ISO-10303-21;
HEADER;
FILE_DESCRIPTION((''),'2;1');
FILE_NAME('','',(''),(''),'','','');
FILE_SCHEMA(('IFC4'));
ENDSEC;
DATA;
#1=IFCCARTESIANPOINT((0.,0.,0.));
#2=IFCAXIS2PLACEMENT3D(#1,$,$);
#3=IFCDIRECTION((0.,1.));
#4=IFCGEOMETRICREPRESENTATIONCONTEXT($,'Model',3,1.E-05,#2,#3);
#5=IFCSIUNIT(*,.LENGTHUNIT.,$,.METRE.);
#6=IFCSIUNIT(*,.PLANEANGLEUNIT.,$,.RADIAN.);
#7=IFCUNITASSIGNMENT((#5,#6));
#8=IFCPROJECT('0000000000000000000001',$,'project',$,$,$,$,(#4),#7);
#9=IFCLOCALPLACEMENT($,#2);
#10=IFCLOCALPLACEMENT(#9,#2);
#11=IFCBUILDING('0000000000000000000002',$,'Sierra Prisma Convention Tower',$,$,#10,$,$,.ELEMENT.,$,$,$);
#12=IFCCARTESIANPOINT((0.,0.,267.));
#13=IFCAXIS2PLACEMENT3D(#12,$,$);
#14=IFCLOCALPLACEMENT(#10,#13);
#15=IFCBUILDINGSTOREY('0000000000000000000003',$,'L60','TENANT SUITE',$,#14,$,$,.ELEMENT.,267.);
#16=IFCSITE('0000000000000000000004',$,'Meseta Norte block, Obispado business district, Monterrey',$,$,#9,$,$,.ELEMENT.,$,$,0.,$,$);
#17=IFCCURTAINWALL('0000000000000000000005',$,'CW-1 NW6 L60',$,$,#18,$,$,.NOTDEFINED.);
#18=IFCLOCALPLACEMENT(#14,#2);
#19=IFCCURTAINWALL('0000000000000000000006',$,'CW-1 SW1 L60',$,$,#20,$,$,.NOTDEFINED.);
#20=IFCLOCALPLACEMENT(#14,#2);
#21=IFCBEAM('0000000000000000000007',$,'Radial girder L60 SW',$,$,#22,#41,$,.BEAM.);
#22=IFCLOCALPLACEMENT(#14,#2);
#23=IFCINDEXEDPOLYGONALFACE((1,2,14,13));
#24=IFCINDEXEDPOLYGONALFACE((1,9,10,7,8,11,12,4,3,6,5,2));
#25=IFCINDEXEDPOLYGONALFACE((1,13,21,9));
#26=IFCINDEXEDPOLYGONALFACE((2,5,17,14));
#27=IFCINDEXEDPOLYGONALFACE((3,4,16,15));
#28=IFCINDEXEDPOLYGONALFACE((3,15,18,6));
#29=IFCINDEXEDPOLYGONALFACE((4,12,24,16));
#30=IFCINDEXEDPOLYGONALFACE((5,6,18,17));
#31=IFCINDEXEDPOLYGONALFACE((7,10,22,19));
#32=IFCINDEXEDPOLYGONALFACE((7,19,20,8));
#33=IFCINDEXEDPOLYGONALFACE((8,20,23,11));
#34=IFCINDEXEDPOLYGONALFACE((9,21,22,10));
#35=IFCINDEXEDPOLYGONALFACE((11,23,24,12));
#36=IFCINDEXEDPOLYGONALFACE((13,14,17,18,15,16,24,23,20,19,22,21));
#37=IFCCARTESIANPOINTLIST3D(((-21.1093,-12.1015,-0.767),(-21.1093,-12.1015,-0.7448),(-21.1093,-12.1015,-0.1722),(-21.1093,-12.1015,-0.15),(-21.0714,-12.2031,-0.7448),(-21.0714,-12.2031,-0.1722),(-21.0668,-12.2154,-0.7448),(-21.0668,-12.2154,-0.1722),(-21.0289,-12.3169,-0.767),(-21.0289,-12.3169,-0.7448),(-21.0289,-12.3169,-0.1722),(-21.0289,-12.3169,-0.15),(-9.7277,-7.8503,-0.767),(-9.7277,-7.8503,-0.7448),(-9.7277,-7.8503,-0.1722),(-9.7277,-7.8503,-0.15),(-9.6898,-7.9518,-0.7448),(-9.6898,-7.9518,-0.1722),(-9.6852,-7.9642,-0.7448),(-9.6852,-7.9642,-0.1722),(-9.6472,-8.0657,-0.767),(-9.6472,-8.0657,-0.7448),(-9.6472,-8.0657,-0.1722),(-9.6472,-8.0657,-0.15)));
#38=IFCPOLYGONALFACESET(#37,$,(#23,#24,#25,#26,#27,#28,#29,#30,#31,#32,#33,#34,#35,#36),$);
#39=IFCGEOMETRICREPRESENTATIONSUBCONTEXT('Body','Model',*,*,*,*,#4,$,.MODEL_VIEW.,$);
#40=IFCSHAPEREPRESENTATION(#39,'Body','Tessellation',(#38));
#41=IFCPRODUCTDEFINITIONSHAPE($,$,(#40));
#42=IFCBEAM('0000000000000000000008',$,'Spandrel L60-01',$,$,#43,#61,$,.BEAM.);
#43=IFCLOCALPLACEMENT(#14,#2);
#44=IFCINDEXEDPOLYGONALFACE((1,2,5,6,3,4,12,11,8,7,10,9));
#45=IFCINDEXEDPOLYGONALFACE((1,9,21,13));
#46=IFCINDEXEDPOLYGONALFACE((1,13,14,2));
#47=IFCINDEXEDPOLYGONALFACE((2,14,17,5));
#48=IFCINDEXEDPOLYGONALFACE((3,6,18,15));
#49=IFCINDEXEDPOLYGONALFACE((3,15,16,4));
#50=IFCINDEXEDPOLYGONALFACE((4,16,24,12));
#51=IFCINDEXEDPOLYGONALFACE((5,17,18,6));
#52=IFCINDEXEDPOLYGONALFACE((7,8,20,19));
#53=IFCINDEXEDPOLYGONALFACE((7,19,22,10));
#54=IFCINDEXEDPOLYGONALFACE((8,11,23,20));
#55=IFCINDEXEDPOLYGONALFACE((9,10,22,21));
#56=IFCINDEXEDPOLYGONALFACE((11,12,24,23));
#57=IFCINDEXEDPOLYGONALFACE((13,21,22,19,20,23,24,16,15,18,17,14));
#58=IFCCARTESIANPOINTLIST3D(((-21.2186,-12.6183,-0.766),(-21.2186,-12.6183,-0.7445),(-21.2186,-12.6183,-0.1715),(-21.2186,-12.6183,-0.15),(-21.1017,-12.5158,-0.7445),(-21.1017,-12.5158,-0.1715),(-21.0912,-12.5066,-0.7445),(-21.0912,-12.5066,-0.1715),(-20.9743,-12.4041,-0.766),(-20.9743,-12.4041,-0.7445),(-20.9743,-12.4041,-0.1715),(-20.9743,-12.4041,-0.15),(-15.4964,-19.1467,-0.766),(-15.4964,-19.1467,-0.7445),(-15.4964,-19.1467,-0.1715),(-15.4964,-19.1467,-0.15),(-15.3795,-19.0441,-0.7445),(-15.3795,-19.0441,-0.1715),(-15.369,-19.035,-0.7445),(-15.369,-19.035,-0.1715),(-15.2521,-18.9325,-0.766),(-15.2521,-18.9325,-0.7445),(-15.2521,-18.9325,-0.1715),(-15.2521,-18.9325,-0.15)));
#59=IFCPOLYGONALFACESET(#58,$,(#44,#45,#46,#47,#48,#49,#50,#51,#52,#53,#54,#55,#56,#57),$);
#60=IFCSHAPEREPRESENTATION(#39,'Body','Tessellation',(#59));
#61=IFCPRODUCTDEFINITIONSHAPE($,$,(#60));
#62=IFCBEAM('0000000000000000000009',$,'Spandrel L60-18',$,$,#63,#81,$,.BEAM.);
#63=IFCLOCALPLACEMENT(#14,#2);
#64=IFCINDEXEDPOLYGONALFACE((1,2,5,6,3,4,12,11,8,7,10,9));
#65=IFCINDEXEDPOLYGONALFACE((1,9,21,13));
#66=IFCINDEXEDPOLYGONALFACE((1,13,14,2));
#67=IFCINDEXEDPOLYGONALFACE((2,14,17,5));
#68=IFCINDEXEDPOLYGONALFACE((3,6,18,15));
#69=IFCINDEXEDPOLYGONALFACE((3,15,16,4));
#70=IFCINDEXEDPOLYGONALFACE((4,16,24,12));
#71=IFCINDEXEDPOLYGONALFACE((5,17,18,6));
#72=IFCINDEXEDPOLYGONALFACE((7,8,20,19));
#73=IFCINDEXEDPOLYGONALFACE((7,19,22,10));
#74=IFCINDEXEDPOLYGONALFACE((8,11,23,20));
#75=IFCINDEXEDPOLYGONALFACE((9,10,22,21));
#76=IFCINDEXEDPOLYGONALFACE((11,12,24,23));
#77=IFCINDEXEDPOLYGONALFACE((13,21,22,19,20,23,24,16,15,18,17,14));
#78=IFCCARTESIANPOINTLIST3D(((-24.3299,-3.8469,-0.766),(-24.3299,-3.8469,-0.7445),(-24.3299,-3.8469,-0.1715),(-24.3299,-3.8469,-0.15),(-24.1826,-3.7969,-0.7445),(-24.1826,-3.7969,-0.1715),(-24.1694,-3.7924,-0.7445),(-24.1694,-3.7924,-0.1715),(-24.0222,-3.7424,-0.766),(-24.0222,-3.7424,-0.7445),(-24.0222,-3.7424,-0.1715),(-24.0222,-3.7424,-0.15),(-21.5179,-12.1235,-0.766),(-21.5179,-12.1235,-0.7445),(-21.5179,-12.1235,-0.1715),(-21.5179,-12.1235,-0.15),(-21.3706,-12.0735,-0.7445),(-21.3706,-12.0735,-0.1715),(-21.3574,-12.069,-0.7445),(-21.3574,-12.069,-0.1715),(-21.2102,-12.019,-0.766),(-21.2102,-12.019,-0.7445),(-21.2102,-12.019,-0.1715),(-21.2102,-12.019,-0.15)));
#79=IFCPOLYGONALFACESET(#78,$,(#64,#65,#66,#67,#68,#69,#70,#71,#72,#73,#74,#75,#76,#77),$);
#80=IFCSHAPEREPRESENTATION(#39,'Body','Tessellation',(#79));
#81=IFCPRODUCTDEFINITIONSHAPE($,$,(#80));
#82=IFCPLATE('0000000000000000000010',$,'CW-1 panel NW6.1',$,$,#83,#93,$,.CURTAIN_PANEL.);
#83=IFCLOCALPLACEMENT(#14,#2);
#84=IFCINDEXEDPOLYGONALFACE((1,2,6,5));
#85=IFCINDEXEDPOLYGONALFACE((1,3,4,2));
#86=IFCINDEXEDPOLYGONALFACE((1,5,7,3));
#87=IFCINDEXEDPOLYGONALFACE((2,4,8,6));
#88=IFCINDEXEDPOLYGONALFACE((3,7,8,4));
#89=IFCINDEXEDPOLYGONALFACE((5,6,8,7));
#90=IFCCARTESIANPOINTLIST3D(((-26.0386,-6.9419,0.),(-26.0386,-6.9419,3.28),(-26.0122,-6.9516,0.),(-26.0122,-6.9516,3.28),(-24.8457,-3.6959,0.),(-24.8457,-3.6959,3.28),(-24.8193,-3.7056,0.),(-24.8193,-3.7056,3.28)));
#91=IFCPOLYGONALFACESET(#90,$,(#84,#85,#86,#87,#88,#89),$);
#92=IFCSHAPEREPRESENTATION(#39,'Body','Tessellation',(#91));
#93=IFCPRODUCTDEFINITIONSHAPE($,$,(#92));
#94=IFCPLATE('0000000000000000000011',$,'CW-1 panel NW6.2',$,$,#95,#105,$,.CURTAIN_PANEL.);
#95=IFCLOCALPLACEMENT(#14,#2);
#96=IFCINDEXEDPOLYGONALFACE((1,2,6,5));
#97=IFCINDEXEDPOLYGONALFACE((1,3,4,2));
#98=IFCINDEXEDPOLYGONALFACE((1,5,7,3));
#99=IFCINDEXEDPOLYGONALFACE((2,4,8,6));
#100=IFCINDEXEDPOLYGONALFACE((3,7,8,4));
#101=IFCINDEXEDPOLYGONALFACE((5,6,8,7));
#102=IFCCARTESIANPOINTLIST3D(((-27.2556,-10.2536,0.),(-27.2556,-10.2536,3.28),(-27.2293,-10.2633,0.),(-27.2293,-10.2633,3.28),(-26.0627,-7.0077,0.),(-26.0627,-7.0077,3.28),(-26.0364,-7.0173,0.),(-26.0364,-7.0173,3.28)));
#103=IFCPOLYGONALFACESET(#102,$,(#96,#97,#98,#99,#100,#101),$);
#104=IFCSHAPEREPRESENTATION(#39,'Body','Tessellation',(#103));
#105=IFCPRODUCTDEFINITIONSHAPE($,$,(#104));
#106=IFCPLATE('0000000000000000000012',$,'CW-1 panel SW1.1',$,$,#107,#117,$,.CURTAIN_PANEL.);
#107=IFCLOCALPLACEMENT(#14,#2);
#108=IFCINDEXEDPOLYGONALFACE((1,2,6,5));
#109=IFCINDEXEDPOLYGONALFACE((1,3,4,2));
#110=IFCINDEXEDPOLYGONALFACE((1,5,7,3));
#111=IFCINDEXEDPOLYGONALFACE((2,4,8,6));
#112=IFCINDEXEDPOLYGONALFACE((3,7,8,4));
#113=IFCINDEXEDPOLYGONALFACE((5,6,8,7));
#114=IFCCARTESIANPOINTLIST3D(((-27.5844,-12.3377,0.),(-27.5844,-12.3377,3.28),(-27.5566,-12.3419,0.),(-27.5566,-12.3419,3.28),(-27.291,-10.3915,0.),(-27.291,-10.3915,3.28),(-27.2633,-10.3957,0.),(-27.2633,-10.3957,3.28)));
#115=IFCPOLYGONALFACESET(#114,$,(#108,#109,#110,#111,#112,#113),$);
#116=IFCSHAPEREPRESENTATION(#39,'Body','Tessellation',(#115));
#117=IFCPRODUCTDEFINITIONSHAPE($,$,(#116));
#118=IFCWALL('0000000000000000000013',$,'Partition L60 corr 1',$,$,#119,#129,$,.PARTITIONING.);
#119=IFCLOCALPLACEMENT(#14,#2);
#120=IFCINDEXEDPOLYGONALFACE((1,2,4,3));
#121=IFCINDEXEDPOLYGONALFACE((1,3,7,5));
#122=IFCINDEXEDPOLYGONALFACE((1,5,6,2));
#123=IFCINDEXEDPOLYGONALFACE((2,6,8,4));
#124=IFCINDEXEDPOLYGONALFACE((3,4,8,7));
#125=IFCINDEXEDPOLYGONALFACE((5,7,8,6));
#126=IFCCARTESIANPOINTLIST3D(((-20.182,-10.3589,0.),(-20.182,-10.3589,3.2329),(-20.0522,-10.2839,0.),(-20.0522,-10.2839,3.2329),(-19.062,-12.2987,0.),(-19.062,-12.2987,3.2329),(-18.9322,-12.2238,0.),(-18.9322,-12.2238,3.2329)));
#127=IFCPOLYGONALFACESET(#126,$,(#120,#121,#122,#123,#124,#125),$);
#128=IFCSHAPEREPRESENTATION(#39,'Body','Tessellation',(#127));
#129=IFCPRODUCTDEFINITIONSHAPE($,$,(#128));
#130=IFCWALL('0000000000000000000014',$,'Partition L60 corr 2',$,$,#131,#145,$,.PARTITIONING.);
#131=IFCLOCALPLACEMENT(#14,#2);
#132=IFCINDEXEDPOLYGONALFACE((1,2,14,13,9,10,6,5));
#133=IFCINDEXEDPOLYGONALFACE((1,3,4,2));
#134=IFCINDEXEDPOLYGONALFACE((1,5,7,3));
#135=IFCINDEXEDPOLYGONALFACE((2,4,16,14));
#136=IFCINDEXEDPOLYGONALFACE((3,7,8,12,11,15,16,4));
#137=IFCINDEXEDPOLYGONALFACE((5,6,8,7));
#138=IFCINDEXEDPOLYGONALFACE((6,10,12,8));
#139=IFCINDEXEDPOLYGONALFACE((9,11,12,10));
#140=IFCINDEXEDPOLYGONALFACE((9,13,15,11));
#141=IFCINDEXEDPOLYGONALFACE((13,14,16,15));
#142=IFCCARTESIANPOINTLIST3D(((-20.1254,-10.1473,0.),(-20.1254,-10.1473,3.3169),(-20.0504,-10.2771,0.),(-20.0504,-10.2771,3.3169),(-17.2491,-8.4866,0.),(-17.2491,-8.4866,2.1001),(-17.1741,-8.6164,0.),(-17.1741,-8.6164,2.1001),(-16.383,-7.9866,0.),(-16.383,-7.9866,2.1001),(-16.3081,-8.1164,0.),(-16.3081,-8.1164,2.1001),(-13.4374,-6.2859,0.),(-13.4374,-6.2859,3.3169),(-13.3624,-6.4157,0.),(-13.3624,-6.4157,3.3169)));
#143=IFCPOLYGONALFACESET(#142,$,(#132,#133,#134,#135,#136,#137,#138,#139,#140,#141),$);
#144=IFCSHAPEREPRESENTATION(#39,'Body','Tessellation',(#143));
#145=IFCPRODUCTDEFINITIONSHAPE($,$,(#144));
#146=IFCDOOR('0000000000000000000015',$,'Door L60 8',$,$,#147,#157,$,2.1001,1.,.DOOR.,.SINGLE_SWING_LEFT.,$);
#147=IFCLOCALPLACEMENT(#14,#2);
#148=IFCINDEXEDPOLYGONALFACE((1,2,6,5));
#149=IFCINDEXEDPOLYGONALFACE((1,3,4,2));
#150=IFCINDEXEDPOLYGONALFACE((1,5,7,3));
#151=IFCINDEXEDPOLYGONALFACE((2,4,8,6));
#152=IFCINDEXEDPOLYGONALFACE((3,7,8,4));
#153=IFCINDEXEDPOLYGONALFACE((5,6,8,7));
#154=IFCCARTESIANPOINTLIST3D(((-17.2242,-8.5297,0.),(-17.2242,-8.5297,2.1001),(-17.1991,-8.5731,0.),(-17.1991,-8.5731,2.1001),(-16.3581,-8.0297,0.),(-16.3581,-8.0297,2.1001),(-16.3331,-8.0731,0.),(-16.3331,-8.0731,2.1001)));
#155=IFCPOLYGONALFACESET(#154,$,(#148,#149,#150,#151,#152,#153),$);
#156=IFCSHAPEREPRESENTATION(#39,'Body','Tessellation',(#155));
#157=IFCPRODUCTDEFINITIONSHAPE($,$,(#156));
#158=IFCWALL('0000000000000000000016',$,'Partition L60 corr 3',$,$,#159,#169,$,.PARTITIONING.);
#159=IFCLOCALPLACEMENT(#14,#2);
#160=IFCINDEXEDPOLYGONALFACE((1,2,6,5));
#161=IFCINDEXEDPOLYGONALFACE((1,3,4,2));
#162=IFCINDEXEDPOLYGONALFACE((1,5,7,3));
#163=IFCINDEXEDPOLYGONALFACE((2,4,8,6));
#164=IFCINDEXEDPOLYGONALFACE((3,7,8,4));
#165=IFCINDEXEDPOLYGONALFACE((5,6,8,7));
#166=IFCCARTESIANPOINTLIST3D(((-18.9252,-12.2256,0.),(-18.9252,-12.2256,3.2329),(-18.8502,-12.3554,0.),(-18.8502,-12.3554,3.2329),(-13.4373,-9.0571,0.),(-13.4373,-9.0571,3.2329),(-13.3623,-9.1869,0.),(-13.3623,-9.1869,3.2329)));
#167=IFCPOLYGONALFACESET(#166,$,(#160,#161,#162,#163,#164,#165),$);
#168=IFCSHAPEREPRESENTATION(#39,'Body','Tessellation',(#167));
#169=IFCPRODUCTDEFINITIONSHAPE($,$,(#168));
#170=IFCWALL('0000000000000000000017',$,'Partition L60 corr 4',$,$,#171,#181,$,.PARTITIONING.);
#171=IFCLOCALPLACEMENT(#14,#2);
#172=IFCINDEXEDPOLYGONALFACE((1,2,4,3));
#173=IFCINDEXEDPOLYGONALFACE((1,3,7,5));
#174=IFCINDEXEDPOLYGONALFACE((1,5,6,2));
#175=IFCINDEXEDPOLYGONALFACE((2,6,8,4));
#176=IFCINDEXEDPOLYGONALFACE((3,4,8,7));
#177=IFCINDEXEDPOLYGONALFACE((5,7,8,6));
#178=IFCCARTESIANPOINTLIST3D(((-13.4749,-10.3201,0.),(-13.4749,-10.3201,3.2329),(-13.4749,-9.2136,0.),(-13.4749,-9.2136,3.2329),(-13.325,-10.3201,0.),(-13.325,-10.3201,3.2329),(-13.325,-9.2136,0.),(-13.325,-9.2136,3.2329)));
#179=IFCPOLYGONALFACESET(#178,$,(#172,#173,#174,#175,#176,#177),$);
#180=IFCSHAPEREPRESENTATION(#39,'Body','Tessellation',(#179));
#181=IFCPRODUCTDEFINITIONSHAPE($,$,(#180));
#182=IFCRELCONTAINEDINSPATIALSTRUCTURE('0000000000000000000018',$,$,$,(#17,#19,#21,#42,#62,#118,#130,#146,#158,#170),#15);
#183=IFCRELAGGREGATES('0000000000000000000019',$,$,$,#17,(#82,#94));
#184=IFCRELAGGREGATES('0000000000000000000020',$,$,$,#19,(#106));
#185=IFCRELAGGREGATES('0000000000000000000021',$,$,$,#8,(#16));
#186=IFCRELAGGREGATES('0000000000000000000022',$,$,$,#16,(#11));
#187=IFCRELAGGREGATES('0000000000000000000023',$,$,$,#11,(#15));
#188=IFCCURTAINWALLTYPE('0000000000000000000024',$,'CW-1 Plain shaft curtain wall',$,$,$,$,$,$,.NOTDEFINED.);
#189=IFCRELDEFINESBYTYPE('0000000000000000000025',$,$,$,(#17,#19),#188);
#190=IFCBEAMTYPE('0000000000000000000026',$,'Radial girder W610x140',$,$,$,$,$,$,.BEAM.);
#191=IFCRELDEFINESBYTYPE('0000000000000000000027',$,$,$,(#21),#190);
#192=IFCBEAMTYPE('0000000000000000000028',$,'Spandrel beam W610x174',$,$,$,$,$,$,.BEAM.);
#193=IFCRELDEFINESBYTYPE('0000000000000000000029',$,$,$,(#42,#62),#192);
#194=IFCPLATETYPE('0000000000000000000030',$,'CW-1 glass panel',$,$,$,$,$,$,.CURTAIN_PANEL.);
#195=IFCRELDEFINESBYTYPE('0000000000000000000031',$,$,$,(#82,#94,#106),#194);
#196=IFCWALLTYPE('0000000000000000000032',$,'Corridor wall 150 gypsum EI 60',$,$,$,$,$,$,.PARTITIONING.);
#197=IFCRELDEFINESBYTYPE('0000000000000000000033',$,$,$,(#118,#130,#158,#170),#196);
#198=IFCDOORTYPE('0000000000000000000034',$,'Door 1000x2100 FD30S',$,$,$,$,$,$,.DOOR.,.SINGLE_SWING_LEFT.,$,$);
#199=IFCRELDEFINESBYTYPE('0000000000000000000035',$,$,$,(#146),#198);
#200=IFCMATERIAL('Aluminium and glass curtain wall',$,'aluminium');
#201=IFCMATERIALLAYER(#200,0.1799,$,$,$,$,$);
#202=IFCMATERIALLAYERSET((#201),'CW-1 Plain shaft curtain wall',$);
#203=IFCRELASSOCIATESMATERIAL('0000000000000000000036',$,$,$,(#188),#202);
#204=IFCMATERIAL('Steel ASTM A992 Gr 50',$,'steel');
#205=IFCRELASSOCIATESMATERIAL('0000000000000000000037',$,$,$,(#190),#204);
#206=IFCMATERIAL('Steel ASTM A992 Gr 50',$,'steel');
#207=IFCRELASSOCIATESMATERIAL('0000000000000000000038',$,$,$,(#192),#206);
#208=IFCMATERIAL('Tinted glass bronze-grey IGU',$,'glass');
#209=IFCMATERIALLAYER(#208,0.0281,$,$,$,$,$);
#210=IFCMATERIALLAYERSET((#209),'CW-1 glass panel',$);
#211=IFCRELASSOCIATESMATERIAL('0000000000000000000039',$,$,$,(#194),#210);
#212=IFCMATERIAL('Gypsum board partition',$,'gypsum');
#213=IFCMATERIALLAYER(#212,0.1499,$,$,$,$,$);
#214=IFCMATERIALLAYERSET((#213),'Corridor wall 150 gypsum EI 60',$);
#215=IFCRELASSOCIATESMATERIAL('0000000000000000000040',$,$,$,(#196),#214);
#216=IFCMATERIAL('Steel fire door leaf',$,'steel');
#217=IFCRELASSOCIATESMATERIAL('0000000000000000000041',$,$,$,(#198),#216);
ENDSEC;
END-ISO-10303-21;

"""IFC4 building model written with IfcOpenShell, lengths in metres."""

from ifc_helpers import new_model, si_unit, direction, frame, frame_2d, origin, origin_2d, place, context, subcontext, project, spatial, rectangle, i_section, extrude, material, layer, layer_set, material_profile, profile_set, type_object, element, fill, aggregate, save


model = new_model("IFC4")

# Units and contexts
model_context = context("Model", 3, precision=1e-05, world=origin(), true_north=direction((0.0, 1.0)))
body_context = subcontext(model_context, "Body", "Model", "MODEL_VIEW")
ifc_project = project(units=[si_unit("LENGTHUNIT", "METRE"), si_unit("PLANEANGLEUNIT", "RADIAN")], contexts=[model_context])

# Site, building, storey
site_placement = place(None, origin())
site = spatial("IfcSite", under=ifc_project, at=site_placement, Name="Meseta Norte block, Obispado business district, Monterrey", CompositionType="ELEMENT", RefElevation=0.0)
building_placement = place(site_placement, origin())
building = spatial("IfcBuilding", under=site, at=building_placement, Name="Sierra Prisma Convention Tower", CompositionType="ELEMENT")
storey_placement = place(building_placement, frame((0.0, 0.0, 267.0)))
storey = spatial("IfcBuildingStorey", under=building, at=storey_placement, Name="L60", Description="TENANT SUITE", CompositionType="ELEMENT", Elevation=267.0)

# Curtain walls
ifc_material_1 = material(Name="Aluminium and glass curtain wall", Category="aluminium")
ifc_layer_1 = layer(ifc_material_1, 0.1799)
ifc_layer_set_1 = layer_set([ifc_layer_1], Name="CW-1 Plain shaft curtain wall")
curtain_wall_type = type_object("IfcCurtainWallType", Name="CW-1 Plain shaft curtain wall", PredefinedType="NOTDEFINED", material=ifc_layer_set_1)
curtain_wall_1_placement = place(storey_placement, origin())
curtain_wall_1 = element("IfcCurtainWall", 1, at=curtain_wall_1_placement, inside=storey, type_object=curtain_wall_type, Name="CW-1 NW6 L60", PredefinedType="NOTDEFINED")
curtain_wall_2_placement = place(storey_placement, origin())
curtain_wall_2 = element("IfcCurtainWall", 2, at=curtain_wall_2_placement, inside=storey, type_object=curtain_wall_type, Name="CW-1 SW1 L60", PredefinedType="NOTDEFINED")

# Beams
ifc_material_2 = material(Name="Steel ASTM A992 Gr 50", Category="steel")
ifc_material_profile_1 = material_profile(ifc_material_2, i_section(OverallWidth=0.23, OverallDepth=0.6169, WebThickness=0.0132, FlangeThickness=0.0222, at=origin_2d()), Name="W610x140")
ifc_profile_set_1 = profile_set([ifc_material_profile_1], Name="Steel ASTM A992 Gr 50")
beam_type_1 = type_object("IfcBeamType", Name="Radial girder W610x140", PredefinedType="BEAM", material=ifc_profile_set_1)
beam_1_placement = place(storey_placement, frame((-21.0691, -12.2092, -0.4585), z_axis=(0.936785, 0.349905, 0.0), x_axis=(-0.349905, 0.936785, 0.0)))
element("IfcBeam", 3, at=beam_1_placement, inside=storey, type_object=beam_type_1, Name="Radial girder L60 SW", PredefinedType="BEAM", context=body_context, shape_type="SweptSolid", body=[
    extrude(i_section(OverallWidth=0.23, OverallDepth=0.6169, WebThickness=0.0132, FlangeThickness=0.0222, at=origin_2d()), origin(), (0.0, 0.0, 1.0), 12.1497),
])
ifc_material_3 = material(Name="Steel ASTM A992 Gr 50", Category="steel")
ifc_material_profile_2 = material_profile(ifc_material_3, i_section(OverallWidth=0.325, OverallDepth=0.616, WebThickness=0.0139, FlangeThickness=0.0215, at=origin_2d()), Name="W610x174")
ifc_profile_set_2 = profile_set([ifc_material_profile_2], Name="Steel ASTM A992 Gr 50")
beam_type_2 = type_object("IfcBeamType", Name="Spandrel beam W610x174", PredefinedType="BEAM", material=ifc_profile_set_2)
beam_2_placement = place(storey_placement, frame((-21.0964, -12.5112, -0.458), z_axis=(0.659149, -0.752012, 0.0), x_axis=(0.752012, 0.659149, 0.0)))
element("IfcBeam", 4, at=beam_2_placement, inside=storey, type_object=beam_type_2, Name="Spandrel L60-01", PredefinedType="BEAM", context=body_context, shape_type="SweptSolid", body=[
    extrude(i_section(OverallWidth=0.325, OverallDepth=0.616, WebThickness=0.0139, FlangeThickness=0.0215, at=origin_2d()), origin(), (0.0, 0.0, 1.0), 8.6812),
])
beam_3_placement = place(storey_placement, frame((-24.176, -3.7947, -0.458), z_axis=(0.321694, -0.946844, 0.0), x_axis=(0.946844, 0.321694, 0.0)))
element("IfcBeam", 5, at=beam_3_placement, inside=storey, type_object=beam_type_2, Name="Spandrel L60-18", PredefinedType="BEAM", context=body_context, shape_type="SweptSolid", body=[
    extrude(i_section(OverallWidth=0.325, OverallDepth=0.616, WebThickness=0.0139, FlangeThickness=0.0215, at=origin_2d()), origin(), (0.0, 0.0, 1.0), 8.7412),
])

# Plates
ifc_material_4 = material(Name="Tinted glass bronze-grey IGU", Category="glass")
ifc_layer_2 = layer(ifc_material_4, 0.0281)
ifc_layer_set_2 = layer_set([ifc_layer_2], Name="CW-1 glass panel")
plate_type = type_object("IfcPlateType", Name="CW-1 glass panel", PredefinedType="CURTAIN_PANEL", material=ifc_layer_set_2)
plate_1_placement = place(storey_placement, frame((-25.429, -5.3237, 0.0), z_axis=(0.0, 0.0, 1.0), x_axis=(-0.344952, -0.93862, 0.0)))
plate_1 = element("IfcPlate", 6, at=plate_1_placement, type_object=plate_type, Name="CW-1 panel NW6.1", PredefinedType="CURTAIN_PANEL", context=body_context, shape_type="SweptSolid", body=[
    extrude(rectangle(XDim=3.4583, YDim=0.0281, at=origin_2d()), origin(), (0.0, 0.0, 1.0), 3.28),
])
plate_2_placement = place(storey_placement, frame((-26.646, -8.6355, 0.0), z_axis=(0.0, 0.0, 1.0), x_axis=(-0.344952, -0.93862, 0.0)))
plate_2 = element("IfcPlate", 7, at=plate_2_placement, type_object=plate_type, Name="CW-1 panel NW6.2", PredefinedType="CURTAIN_PANEL", context=body_context, shape_type="SweptSolid", body=[
    extrude(rectangle(XDim=3.4583, YDim=0.0281, at=origin_2d()), origin(), (0.0, 0.0, 1.0), 3.28),
])
aggregate(curtain_wall_1, [plate_1, plate_2])
plate_3_placement = place(storey_placement, frame((-27.4238, -11.3667, 0.0), z_axis=(0.0, 0.0, 1.0), x_axis=(-0.149048, -0.98883, 0.0)))
plate_3 = element("IfcPlate", 8, at=plate_3_placement, type_object=plate_type, Name="CW-1 panel SW1.1", PredefinedType="CURTAIN_PANEL", context=body_context, shape_type="SweptSolid", body=[
    extrude(rectangle(XDim=1.9683, YDim=0.0281, at=origin_2d()), origin(), (0.0, 0.0, 1.0), 3.28),
])
aggregate(curtain_wall_2, [plate_3])

# Wall
ifc_material_5 = material(Name="Gypsum board partition", Category="gypsum")
ifc_layer_3 = layer(ifc_material_5, 0.1499)
ifc_layer_set_3 = layer_set([ifc_layer_3], Name="Corridor wall 150 gypsum EI 60")
wall_type_1 = type_object("IfcWallType", Name="Corridor wall 150 gypsum EI 60", PredefinedType="PARTITIONING", material=ifc_layer_set_3)
wall_1_placement = place(storey_placement, frame((-20.1172, -10.3213, 0.0), z_axis=(0.0, 0.0, 1.0), x_axis=(0.500031, -0.866008, 0.0)))
element("IfcWall", 9, at=wall_1_placement, inside=storey, type_object=wall_type_1, Name="Partition L60 corr 1", PredefinedType="PARTITIONING", context=body_context, shape_type="SweptSolid", body=[
    extrude(rectangle(XDim=2.24, YDim=0.1499, at=frame_2d((1.1201, 0.0))), origin(), (0.0, 0.0, 1.0), 3.2329),
])

# Wall, opening, door
wall_2_placement = place(storey_placement, frame((-13.3999, -6.3508, 0.0), z_axis=(0.0, 0.0, 1.0), x_axis=(-0.866024, -0.500002, 0.0)))
wall_2 = element("IfcWall", 10, at=wall_2_placement, inside=storey, type_object=wall_type_1, Name="Partition L60 corr 2", PredefinedType="PARTITIONING", context=body_context, shape_type="SweptSolid", body=[
    extrude(rectangle(XDim=7.7227, YDim=0.1499, at=frame_2d((3.8613, 0.0))), origin(), (0.0, 0.0, 1.0), 3.3169),
])
opening_placement = place(wall_2_placement, frame((3.4014, 0.0, 0.0)))
opening = element("IfcOpeningElement", 11, at=opening_placement, cuts=wall_2, PredefinedType="OPENING", context=body_context, shape_type="SweptSolid", body=[
    extrude(rectangle(XDim=1.0, YDim=2.1001, at=frame_2d((0.5, 1.05))), frame((0.0, 0.075, 0.0), z_axis=(0.0, -1.0, 0.0), x_axis=(1.0, 0.0, 0.0)), (0.0, 0.0, 1.0), 0.1499),
])
ifc_material_6 = material(Name="Steel fire door leaf", Category="steel")
door_type = type_object("IfcDoorType", Name="Door 1000x2100 FD30S", OperationType="SINGLE_SWING_LEFT", PredefinedType="DOOR", material=ifc_material_6)
door_placement = place(opening_placement, origin())
door = element("IfcDoor", 12, at=door_placement, inside=storey, type_object=door_type, Name="Door L60 8", OperationType="SINGLE_SWING_LEFT", OverallHeight=2.1001, OverallWidth=1.0, PredefinedType="DOOR", context=body_context, shape_type="SweptSolid", body=[
    extrude(rectangle(XDim=1.0, YDim=2.1001, at=frame_2d((0.5, 1.05))), frame((0.0, 0.0249, 0.0), z_axis=(0.0, -1.0, 0.0), x_axis=(1.0, 0.0, 0.0)), (0.0, 0.0, 1.0), 0.05),
])
fill(opening, door)

# Walls
wall_3_placement = place(storey_placement, frame((-18.8877, -12.2905, 0.0), z_axis=(0.0, 0.0, 1.0), x_axis=(0.86602, 0.500009, 0.0)))
element("IfcWall", 13, at=wall_3_placement, inside=storey, type_object=wall_type_1, Name="Partition L60 corr 3", PredefinedType="PARTITIONING", context=body_context, shape_type="SweptSolid", body=[
    extrude(rectangle(XDim=6.3369, YDim=0.1499, at=frame_2d((3.1685, 0.0))), origin(), (0.0, 0.0, 1.0), 3.2329),
])
wall_4_placement = place(storey_placement, frame((-13.3999, -9.2136, 0.0), z_axis=(0.0, 0.0, 1.0), x_axis=(0.0, -1.0, 0.0)))
element("IfcWall", 14, at=wall_4_placement, inside=storey, type_object=wall_type_1, Name="Partition L60 corr 4", PredefinedType="PARTITIONING", context=body_context, shape_type="SweptSolid", body=[
    extrude(rectangle(XDim=1.1064, YDim=0.1499, at=frame_2d((0.5532, 0.0))), origin(), (0.0, 0.0, 1.0), 3.2329),
])

save(model, "model.ifc")
